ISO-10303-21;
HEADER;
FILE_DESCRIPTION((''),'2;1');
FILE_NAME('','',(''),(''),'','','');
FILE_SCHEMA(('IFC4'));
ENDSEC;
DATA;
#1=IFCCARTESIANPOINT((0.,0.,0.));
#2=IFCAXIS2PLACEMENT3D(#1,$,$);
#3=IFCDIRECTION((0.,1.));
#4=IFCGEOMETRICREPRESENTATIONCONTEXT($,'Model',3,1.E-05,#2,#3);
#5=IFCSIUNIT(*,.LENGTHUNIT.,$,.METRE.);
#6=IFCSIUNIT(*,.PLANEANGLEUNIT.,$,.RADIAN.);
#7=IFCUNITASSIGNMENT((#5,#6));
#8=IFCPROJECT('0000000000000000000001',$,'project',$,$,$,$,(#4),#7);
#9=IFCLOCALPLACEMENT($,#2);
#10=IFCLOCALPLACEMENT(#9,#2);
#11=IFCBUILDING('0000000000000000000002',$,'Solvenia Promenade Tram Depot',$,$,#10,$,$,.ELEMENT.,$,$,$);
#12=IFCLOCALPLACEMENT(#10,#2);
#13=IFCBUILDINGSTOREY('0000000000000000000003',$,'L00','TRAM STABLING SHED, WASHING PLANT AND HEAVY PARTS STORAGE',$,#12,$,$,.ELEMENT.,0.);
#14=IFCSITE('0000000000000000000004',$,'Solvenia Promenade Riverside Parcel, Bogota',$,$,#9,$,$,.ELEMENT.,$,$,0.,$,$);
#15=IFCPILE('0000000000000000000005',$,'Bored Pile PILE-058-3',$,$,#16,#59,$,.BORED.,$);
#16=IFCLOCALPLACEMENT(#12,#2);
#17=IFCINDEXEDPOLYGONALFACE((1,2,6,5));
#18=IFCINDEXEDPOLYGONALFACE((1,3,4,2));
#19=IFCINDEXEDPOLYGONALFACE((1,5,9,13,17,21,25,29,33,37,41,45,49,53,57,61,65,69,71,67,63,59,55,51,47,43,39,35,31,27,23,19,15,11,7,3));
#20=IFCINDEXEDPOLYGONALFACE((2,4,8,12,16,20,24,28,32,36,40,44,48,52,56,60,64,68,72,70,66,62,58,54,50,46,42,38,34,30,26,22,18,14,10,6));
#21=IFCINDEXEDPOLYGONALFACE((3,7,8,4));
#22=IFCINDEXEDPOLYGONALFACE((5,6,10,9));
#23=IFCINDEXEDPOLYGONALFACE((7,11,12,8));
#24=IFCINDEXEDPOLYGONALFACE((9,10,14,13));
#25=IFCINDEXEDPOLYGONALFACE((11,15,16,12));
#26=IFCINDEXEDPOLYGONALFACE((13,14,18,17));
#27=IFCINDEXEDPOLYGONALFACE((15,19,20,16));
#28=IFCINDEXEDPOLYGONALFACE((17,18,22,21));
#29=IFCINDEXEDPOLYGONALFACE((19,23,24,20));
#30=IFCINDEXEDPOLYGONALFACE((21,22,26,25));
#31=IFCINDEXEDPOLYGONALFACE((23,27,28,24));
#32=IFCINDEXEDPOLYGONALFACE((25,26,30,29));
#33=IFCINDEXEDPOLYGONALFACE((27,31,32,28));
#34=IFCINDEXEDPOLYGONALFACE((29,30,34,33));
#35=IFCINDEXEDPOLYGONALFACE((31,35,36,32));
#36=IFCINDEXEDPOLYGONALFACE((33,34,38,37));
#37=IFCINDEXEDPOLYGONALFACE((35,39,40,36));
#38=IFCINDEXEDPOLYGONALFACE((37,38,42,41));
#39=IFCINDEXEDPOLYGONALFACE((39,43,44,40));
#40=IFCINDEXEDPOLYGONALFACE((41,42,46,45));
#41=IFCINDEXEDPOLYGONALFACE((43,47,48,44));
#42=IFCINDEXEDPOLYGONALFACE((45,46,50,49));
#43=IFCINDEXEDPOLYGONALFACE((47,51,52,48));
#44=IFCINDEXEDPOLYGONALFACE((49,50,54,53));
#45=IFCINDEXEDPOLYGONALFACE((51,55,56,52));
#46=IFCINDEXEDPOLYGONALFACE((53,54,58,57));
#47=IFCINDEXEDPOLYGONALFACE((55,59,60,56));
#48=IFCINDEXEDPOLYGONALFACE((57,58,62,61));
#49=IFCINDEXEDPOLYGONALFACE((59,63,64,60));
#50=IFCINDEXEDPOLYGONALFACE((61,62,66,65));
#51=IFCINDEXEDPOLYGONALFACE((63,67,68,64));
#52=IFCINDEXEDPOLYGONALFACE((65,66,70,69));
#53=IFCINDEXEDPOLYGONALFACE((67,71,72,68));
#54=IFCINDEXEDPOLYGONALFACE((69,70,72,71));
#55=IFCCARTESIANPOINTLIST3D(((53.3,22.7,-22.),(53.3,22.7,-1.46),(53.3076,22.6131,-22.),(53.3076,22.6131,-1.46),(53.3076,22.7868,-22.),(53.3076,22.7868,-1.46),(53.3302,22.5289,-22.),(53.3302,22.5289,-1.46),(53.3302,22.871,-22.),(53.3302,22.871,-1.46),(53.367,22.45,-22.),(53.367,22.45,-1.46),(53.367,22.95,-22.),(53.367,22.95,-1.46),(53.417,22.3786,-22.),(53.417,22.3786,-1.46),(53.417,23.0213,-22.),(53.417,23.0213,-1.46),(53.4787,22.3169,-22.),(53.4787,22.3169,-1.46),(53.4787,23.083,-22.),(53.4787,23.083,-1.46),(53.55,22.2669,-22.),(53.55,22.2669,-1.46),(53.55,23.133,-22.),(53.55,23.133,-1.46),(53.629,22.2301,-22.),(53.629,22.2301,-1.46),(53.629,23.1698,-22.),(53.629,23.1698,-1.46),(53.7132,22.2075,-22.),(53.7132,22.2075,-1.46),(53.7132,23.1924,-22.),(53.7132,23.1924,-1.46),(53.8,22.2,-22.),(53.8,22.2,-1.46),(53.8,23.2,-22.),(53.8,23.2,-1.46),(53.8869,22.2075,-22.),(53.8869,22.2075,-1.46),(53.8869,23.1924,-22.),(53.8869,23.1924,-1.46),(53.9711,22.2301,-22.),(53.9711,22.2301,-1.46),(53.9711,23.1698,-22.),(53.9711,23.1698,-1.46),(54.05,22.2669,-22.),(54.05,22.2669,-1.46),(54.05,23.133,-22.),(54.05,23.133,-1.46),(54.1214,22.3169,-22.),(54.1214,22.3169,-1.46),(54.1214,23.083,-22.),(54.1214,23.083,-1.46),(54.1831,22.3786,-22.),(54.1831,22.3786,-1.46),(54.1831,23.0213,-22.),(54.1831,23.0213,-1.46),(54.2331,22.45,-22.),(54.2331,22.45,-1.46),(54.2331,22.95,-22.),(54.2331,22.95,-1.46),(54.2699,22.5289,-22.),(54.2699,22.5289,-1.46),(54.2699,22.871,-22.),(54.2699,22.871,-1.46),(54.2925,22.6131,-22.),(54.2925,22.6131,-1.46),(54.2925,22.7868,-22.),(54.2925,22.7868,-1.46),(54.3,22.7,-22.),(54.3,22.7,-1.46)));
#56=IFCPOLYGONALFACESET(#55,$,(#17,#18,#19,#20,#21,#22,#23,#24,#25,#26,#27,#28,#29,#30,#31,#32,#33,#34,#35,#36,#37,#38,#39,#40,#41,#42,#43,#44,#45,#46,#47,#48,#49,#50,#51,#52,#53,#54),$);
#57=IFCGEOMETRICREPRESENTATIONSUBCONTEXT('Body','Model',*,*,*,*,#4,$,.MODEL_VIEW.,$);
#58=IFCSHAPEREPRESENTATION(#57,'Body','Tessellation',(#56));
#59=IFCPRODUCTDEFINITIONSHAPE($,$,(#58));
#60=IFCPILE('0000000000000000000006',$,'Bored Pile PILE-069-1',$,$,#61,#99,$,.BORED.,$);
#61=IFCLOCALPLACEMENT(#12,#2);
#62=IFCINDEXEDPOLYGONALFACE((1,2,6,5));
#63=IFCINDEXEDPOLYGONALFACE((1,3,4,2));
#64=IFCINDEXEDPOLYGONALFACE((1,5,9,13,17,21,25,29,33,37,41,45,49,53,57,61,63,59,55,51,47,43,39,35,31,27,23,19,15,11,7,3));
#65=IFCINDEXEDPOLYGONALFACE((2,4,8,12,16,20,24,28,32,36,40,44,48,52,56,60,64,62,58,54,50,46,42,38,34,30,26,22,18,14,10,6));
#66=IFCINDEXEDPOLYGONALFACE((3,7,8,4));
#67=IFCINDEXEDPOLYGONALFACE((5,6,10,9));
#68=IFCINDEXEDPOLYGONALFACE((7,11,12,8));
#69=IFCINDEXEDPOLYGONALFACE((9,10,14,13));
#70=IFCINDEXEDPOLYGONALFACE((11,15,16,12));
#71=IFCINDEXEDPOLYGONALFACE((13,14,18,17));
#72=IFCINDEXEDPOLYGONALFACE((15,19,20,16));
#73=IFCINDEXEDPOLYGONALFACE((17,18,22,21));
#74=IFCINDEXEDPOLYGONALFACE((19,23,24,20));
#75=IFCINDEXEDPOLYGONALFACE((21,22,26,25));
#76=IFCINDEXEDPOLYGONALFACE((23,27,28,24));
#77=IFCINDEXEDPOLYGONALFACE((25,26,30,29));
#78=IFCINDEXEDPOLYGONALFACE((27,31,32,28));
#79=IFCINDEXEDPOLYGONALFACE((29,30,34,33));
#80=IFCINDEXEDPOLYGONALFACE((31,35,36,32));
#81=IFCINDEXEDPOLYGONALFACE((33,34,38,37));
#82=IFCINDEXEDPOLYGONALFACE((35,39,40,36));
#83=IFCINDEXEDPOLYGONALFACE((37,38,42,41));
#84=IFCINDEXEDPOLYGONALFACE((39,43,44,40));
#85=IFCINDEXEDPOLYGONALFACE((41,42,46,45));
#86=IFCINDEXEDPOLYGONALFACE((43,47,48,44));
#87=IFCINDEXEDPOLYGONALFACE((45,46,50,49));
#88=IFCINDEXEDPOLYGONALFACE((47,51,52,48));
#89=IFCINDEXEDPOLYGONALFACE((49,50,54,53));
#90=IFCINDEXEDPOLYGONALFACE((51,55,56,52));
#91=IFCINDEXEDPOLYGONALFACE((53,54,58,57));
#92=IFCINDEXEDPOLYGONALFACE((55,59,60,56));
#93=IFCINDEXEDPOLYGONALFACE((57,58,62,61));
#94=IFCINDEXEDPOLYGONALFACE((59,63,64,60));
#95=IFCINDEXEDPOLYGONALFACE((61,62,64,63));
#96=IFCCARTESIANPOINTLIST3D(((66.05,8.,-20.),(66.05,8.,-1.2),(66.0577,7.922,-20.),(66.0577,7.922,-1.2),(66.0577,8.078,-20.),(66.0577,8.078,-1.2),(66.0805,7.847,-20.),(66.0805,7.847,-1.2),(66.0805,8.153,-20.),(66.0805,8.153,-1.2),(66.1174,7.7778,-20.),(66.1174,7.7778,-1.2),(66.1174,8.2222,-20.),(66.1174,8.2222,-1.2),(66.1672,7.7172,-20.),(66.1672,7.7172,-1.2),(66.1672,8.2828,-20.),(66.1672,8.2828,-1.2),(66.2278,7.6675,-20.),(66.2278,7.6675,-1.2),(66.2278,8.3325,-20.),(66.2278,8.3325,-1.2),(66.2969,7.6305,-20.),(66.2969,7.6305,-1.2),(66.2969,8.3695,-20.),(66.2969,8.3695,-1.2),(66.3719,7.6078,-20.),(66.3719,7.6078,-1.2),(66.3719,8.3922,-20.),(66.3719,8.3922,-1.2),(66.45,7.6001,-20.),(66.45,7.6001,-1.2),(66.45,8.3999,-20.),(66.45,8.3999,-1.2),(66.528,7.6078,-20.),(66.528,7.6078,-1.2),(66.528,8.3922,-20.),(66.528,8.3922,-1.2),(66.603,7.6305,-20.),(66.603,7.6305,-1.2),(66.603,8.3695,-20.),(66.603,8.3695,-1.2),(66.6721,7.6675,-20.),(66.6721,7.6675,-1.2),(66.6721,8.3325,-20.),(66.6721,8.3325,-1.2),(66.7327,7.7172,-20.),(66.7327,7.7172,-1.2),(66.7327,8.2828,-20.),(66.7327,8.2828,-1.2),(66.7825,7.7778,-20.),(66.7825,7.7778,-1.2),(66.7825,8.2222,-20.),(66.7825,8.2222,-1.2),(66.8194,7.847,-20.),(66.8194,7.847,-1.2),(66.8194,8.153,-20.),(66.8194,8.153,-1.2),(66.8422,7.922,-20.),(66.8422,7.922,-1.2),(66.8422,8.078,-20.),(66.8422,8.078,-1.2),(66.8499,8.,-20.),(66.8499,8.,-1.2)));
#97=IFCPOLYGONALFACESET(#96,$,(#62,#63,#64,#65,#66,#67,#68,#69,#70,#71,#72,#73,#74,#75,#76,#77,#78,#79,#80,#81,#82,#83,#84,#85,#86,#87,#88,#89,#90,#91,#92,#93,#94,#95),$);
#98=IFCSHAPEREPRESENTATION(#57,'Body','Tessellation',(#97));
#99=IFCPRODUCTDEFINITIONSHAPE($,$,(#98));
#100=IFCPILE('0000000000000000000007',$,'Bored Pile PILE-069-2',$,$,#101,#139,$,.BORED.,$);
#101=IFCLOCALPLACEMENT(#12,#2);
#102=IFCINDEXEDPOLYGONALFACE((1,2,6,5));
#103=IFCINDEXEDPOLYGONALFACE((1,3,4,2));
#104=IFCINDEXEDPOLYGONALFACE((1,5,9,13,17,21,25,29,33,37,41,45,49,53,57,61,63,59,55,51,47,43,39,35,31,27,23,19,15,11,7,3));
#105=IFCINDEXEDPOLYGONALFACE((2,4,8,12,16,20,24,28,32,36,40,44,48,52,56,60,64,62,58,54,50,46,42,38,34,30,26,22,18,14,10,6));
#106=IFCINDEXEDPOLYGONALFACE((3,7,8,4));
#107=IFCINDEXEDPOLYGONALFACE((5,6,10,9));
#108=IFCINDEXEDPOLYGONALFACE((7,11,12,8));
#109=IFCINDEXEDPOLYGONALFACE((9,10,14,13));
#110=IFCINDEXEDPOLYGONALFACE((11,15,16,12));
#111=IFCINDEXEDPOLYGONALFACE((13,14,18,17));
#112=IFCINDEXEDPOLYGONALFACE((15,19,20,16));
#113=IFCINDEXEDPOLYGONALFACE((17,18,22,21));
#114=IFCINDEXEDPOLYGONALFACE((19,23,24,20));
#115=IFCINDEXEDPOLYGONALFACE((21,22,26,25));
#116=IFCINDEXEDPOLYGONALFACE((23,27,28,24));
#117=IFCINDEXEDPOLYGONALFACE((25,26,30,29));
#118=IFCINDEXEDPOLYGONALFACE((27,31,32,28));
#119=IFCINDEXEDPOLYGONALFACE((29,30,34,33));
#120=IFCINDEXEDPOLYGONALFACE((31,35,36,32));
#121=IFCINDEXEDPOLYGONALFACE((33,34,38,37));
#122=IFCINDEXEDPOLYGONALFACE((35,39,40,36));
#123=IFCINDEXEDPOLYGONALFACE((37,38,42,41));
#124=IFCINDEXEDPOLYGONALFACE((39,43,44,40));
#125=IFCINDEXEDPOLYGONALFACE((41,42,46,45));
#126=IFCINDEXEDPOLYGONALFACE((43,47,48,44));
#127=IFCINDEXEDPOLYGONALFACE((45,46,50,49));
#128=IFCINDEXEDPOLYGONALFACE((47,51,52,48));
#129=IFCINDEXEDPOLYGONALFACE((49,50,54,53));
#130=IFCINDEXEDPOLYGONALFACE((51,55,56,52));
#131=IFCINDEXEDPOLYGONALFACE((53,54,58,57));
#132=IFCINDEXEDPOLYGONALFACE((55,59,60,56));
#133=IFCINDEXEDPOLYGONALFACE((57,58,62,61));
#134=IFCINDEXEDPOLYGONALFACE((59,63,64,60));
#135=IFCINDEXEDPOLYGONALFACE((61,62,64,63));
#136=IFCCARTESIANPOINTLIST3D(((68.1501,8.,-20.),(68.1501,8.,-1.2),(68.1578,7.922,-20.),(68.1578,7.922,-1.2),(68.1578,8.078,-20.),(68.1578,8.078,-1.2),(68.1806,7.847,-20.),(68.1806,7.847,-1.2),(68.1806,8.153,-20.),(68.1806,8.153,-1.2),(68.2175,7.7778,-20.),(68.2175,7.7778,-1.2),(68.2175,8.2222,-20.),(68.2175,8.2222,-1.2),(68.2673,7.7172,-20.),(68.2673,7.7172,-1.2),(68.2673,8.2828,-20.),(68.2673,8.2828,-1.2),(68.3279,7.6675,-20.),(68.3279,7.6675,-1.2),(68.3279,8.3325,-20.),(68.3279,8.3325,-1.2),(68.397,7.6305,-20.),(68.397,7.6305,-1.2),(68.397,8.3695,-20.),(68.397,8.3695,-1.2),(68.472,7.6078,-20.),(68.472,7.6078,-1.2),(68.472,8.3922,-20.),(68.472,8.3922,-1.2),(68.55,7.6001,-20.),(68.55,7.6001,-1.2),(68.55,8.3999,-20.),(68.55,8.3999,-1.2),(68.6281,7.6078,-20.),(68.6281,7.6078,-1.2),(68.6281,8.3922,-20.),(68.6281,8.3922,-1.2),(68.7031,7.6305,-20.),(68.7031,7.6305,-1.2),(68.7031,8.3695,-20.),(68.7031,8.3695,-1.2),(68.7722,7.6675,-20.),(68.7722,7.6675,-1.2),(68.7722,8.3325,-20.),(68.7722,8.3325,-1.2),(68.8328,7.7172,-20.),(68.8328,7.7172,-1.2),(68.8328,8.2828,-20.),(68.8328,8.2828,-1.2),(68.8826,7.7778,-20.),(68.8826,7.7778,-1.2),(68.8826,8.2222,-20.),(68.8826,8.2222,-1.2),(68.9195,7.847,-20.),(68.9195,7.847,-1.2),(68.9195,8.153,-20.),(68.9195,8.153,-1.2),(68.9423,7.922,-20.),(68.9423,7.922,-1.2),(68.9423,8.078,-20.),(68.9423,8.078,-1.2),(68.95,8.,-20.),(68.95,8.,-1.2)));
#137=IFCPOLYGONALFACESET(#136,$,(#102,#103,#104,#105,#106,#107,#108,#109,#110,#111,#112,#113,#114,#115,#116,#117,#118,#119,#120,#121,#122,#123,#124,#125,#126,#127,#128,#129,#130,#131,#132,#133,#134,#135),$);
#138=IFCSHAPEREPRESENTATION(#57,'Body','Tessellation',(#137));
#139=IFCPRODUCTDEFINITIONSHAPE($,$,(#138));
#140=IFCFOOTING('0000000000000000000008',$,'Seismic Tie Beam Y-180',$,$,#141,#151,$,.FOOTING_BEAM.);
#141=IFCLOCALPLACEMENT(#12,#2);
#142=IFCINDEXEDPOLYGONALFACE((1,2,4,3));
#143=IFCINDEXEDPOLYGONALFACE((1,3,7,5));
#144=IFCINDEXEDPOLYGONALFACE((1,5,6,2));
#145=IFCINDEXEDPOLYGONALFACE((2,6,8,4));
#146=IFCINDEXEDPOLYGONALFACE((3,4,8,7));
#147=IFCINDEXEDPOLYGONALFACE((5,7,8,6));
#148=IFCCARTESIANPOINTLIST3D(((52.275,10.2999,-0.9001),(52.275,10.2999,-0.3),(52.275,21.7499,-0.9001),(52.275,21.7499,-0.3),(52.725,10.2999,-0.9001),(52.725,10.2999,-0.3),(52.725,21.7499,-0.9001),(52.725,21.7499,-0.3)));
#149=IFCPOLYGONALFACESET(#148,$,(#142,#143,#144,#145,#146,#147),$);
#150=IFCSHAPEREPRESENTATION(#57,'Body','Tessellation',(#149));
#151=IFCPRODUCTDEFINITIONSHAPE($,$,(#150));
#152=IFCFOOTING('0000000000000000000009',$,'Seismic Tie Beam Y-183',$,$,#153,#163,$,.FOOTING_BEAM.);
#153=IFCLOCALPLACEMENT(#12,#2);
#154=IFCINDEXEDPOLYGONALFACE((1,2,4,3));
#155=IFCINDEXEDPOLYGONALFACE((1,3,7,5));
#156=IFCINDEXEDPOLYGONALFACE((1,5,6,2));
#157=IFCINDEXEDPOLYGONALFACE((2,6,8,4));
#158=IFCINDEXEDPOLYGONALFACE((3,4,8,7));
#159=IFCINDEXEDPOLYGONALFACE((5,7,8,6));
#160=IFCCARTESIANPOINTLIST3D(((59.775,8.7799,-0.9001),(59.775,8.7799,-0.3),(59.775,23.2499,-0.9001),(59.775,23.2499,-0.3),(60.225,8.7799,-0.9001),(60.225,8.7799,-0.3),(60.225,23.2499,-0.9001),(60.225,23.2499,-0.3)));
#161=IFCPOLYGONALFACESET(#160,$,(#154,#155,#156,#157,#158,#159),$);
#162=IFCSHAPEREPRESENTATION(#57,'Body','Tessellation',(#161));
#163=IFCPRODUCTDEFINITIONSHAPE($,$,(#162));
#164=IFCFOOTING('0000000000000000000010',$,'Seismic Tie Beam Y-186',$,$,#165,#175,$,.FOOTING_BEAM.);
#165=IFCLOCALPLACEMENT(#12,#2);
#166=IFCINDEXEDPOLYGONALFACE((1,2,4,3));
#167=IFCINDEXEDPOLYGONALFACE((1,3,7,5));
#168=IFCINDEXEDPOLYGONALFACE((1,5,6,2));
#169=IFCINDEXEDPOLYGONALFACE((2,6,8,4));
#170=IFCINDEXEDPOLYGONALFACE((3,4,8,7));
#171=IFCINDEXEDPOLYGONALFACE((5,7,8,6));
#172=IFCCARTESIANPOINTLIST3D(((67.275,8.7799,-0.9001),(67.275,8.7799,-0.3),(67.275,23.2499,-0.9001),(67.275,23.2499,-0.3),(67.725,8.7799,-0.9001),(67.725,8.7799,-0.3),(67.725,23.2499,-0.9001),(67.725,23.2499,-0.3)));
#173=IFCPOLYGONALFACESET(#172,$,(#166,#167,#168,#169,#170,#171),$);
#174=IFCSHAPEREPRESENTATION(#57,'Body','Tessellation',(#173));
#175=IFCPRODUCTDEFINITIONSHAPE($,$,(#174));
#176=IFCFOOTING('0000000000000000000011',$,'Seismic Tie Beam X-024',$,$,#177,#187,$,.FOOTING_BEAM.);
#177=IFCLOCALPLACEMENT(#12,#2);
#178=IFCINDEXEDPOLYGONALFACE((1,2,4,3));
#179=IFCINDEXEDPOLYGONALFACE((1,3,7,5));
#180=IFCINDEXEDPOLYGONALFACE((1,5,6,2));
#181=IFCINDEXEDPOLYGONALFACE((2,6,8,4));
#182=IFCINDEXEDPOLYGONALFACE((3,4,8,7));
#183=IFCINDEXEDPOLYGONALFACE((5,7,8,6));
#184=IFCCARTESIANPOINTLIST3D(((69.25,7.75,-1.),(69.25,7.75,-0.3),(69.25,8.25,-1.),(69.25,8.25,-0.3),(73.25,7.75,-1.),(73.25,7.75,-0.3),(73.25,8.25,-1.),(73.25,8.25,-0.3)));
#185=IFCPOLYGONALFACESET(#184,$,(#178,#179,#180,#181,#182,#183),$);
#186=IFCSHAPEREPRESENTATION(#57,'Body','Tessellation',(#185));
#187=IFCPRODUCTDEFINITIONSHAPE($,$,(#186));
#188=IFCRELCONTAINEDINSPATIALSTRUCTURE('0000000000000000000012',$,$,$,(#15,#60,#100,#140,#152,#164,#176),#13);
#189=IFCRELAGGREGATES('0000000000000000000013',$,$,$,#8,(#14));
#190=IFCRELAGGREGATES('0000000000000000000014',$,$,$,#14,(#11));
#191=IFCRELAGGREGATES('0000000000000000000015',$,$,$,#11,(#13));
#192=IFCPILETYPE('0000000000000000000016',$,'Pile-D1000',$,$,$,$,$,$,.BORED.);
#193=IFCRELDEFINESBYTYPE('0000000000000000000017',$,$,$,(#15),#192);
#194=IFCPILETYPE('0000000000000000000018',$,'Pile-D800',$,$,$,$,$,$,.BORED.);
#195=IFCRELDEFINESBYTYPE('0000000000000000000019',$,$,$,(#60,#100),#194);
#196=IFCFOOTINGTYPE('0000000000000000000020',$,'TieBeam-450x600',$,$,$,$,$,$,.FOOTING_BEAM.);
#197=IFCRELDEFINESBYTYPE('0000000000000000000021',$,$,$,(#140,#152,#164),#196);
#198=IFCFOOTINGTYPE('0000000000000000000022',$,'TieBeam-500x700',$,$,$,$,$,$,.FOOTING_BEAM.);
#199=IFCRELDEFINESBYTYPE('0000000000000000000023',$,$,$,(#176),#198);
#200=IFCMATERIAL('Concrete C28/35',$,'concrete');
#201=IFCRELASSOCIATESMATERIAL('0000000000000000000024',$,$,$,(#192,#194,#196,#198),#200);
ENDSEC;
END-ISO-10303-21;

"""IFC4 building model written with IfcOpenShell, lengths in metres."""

from ifc_helpers import new_model, si_unit, direction, frame, origin, origin_2d, place, context, subcontext, project, spatial, rectangle, circle, extrude, material, material_profile, profile_set, type_object, element, save


model = new_model("IFC4")

# Units and contexts
model_context = context("Model", 3, precision=1e-05, world=origin(), true_north=direction((0.0, 1.0)))
body_context = subcontext(model_context, "Body", "Model", "MODEL_VIEW")
ifc_project = project(units=[si_unit("LENGTHUNIT", "METRE"), si_unit("PLANEANGLEUNIT", "RADIAN")], contexts=[model_context])

# Site, building, storey
site_placement = place(None, origin())
site = spatial("IfcSite", under=ifc_project, at=site_placement, Name="Solvenia Promenade Riverside Parcel, Bogota", CompositionType="ELEMENT", RefElevation=0.0)
building_placement = place(site_placement, origin())
building = spatial("IfcBuilding", under=site, at=building_placement, Name="Solvenia Promenade Tram Depot", CompositionType="ELEMENT")
storey_placement = place(building_placement, origin())
storey = spatial("IfcBuildingStorey", under=building, at=storey_placement, Name="L00", Description="TRAM STABLING SHED, WASHING PLANT AND HEAVY PARTS STORAGE", CompositionType="ELEMENT", Elevation=0.0)

# Shared definitions
ifc_material_1 = material(Name="Concrete C28/35", Category="concrete")

# Piles
ifc_material_profile_1 = material_profile(ifc_material_1, circle(Radius=0.5, at=origin_2d()), Name="D1000", Category="concrete")
ifc_profile_set_1 = profile_set([ifc_material_profile_1], Name="Concrete C28/35")
pile_type_1 = type_object("IfcPileType", Name="Pile-D1000", PredefinedType="BORED", material=ifc_profile_set_1)
for number, where, z_axis, x_axis, name in (
    (1, (53.8, 22.7, -1.46), (0.0, 0.0, -1.0), (1.0, 0.0, 0.0), "Bored Pile PILE-058-3"),
):
    element("IfcPile", number, at=place(storey_placement, frame(where, z_axis=z_axis, x_axis=x_axis)), inside=storey, type_object=pile_type_1, Name=name, PredefinedType="BORED", context=body_context, shape_type="SweptSolid", body=[
        extrude(circle(Radius=0.5, at=origin_2d()), origin(), (0.0, 0.0, 1.0), 20.54),
    ])
ifc_material_profile_2 = material_profile(ifc_material_1, circle(Radius=0.3999, at=origin_2d()), Name="D800", Category="concrete")
ifc_profile_set_2 = profile_set([ifc_material_profile_2], Name="Concrete C28/35")
pile_type_2 = type_object("IfcPileType", Name="Pile-D800", PredefinedType="BORED", material=ifc_profile_set_2)
for number, where, z_axis, x_axis, name in (
    (2, (66.45, 8.0, -1.2), (0.0, 0.0, -1.0), (1.0, 0.0, 0.0), "Bored Pile PILE-069-1"),
    (3, (68.55, 8.0, -1.2), (0.0, 0.0, -1.0), (1.0, 0.0, 0.0), "Bored Pile PILE-069-2"),
):
    element("IfcPile", number, at=place(storey_placement, frame(where, z_axis=z_axis, x_axis=x_axis)), inside=storey, type_object=pile_type_2, Name=name, PredefinedType="BORED", context=body_context, shape_type="SweptSolid", body=[
        extrude(circle(Radius=0.3999, at=origin_2d()), origin(), (0.0, 0.0, 1.0), 18.8),
    ])

# Footings
footing_type_1 = type_object("IfcFootingType", Name="TieBeam-450x600", PredefinedType="FOOTING_BEAM", material=ifc_material_1)
footing_1_placement = place(storey_placement, frame((52.5, 16.0249, -0.9001), z_axis=(0.0, 0.0, 1.0), x_axis=(1.0, 0.0, 0.0)))
element("IfcFooting", 4, at=footing_1_placement, inside=storey, type_object=footing_type_1, Name="Seismic Tie Beam Y-180", PredefinedType="FOOTING_BEAM", context=body_context, shape_type="SweptSolid", body=[
    extrude(rectangle(XDim=0.45, YDim=11.45, at=origin_2d()), origin(), (0.0, 0.0, 1.0), 0.6001),
])
for number, where, z_axis, x_axis, name in (
    (5, (60.0, 16.0149, -0.9001), (0.0, 0.0, 1.0), (1.0, 0.0, 0.0), "Seismic Tie Beam Y-183"),
    (6, (67.5, 16.0149, -0.9001), (0.0, 0.0, 1.0), (1.0, 0.0, 0.0), "Seismic Tie Beam Y-186"),
):
    element("IfcFooting", number, at=place(storey_placement, frame(where, z_axis=z_axis, x_axis=x_axis)), inside=storey, type_object=footing_type_1, Name=name, PredefinedType="FOOTING_BEAM", context=body_context, shape_type="SweptSolid", body=[
        extrude(rectangle(XDim=0.45, YDim=14.47, at=origin_2d()), origin(), (0.0, 0.0, 1.0), 0.6001),
    ])
footing_type_2 = type_object("IfcFootingType", Name="TieBeam-500x700", PredefinedType="FOOTING_BEAM", material=ifc_material_1)
footing_2_placement = place(storey_placement, frame((71.25, 8.0, -1.0), z_axis=(0.0, 0.0, 1.0), x_axis=(1.0, 0.0, 0.0)))
element("IfcFooting", 7, at=footing_2_placement, inside=storey, type_object=footing_type_2, Name="Seismic Tie Beam X-024", PredefinedType="FOOTING_BEAM", context=body_context, shape_type="SweptSolid", body=[
    extrude(rectangle(XDim=4.0, YDim=0.5, at=origin_2d()), origin(), (0.0, 0.0, 1.0), 0.7),
])

save(model, "model.ifc")
